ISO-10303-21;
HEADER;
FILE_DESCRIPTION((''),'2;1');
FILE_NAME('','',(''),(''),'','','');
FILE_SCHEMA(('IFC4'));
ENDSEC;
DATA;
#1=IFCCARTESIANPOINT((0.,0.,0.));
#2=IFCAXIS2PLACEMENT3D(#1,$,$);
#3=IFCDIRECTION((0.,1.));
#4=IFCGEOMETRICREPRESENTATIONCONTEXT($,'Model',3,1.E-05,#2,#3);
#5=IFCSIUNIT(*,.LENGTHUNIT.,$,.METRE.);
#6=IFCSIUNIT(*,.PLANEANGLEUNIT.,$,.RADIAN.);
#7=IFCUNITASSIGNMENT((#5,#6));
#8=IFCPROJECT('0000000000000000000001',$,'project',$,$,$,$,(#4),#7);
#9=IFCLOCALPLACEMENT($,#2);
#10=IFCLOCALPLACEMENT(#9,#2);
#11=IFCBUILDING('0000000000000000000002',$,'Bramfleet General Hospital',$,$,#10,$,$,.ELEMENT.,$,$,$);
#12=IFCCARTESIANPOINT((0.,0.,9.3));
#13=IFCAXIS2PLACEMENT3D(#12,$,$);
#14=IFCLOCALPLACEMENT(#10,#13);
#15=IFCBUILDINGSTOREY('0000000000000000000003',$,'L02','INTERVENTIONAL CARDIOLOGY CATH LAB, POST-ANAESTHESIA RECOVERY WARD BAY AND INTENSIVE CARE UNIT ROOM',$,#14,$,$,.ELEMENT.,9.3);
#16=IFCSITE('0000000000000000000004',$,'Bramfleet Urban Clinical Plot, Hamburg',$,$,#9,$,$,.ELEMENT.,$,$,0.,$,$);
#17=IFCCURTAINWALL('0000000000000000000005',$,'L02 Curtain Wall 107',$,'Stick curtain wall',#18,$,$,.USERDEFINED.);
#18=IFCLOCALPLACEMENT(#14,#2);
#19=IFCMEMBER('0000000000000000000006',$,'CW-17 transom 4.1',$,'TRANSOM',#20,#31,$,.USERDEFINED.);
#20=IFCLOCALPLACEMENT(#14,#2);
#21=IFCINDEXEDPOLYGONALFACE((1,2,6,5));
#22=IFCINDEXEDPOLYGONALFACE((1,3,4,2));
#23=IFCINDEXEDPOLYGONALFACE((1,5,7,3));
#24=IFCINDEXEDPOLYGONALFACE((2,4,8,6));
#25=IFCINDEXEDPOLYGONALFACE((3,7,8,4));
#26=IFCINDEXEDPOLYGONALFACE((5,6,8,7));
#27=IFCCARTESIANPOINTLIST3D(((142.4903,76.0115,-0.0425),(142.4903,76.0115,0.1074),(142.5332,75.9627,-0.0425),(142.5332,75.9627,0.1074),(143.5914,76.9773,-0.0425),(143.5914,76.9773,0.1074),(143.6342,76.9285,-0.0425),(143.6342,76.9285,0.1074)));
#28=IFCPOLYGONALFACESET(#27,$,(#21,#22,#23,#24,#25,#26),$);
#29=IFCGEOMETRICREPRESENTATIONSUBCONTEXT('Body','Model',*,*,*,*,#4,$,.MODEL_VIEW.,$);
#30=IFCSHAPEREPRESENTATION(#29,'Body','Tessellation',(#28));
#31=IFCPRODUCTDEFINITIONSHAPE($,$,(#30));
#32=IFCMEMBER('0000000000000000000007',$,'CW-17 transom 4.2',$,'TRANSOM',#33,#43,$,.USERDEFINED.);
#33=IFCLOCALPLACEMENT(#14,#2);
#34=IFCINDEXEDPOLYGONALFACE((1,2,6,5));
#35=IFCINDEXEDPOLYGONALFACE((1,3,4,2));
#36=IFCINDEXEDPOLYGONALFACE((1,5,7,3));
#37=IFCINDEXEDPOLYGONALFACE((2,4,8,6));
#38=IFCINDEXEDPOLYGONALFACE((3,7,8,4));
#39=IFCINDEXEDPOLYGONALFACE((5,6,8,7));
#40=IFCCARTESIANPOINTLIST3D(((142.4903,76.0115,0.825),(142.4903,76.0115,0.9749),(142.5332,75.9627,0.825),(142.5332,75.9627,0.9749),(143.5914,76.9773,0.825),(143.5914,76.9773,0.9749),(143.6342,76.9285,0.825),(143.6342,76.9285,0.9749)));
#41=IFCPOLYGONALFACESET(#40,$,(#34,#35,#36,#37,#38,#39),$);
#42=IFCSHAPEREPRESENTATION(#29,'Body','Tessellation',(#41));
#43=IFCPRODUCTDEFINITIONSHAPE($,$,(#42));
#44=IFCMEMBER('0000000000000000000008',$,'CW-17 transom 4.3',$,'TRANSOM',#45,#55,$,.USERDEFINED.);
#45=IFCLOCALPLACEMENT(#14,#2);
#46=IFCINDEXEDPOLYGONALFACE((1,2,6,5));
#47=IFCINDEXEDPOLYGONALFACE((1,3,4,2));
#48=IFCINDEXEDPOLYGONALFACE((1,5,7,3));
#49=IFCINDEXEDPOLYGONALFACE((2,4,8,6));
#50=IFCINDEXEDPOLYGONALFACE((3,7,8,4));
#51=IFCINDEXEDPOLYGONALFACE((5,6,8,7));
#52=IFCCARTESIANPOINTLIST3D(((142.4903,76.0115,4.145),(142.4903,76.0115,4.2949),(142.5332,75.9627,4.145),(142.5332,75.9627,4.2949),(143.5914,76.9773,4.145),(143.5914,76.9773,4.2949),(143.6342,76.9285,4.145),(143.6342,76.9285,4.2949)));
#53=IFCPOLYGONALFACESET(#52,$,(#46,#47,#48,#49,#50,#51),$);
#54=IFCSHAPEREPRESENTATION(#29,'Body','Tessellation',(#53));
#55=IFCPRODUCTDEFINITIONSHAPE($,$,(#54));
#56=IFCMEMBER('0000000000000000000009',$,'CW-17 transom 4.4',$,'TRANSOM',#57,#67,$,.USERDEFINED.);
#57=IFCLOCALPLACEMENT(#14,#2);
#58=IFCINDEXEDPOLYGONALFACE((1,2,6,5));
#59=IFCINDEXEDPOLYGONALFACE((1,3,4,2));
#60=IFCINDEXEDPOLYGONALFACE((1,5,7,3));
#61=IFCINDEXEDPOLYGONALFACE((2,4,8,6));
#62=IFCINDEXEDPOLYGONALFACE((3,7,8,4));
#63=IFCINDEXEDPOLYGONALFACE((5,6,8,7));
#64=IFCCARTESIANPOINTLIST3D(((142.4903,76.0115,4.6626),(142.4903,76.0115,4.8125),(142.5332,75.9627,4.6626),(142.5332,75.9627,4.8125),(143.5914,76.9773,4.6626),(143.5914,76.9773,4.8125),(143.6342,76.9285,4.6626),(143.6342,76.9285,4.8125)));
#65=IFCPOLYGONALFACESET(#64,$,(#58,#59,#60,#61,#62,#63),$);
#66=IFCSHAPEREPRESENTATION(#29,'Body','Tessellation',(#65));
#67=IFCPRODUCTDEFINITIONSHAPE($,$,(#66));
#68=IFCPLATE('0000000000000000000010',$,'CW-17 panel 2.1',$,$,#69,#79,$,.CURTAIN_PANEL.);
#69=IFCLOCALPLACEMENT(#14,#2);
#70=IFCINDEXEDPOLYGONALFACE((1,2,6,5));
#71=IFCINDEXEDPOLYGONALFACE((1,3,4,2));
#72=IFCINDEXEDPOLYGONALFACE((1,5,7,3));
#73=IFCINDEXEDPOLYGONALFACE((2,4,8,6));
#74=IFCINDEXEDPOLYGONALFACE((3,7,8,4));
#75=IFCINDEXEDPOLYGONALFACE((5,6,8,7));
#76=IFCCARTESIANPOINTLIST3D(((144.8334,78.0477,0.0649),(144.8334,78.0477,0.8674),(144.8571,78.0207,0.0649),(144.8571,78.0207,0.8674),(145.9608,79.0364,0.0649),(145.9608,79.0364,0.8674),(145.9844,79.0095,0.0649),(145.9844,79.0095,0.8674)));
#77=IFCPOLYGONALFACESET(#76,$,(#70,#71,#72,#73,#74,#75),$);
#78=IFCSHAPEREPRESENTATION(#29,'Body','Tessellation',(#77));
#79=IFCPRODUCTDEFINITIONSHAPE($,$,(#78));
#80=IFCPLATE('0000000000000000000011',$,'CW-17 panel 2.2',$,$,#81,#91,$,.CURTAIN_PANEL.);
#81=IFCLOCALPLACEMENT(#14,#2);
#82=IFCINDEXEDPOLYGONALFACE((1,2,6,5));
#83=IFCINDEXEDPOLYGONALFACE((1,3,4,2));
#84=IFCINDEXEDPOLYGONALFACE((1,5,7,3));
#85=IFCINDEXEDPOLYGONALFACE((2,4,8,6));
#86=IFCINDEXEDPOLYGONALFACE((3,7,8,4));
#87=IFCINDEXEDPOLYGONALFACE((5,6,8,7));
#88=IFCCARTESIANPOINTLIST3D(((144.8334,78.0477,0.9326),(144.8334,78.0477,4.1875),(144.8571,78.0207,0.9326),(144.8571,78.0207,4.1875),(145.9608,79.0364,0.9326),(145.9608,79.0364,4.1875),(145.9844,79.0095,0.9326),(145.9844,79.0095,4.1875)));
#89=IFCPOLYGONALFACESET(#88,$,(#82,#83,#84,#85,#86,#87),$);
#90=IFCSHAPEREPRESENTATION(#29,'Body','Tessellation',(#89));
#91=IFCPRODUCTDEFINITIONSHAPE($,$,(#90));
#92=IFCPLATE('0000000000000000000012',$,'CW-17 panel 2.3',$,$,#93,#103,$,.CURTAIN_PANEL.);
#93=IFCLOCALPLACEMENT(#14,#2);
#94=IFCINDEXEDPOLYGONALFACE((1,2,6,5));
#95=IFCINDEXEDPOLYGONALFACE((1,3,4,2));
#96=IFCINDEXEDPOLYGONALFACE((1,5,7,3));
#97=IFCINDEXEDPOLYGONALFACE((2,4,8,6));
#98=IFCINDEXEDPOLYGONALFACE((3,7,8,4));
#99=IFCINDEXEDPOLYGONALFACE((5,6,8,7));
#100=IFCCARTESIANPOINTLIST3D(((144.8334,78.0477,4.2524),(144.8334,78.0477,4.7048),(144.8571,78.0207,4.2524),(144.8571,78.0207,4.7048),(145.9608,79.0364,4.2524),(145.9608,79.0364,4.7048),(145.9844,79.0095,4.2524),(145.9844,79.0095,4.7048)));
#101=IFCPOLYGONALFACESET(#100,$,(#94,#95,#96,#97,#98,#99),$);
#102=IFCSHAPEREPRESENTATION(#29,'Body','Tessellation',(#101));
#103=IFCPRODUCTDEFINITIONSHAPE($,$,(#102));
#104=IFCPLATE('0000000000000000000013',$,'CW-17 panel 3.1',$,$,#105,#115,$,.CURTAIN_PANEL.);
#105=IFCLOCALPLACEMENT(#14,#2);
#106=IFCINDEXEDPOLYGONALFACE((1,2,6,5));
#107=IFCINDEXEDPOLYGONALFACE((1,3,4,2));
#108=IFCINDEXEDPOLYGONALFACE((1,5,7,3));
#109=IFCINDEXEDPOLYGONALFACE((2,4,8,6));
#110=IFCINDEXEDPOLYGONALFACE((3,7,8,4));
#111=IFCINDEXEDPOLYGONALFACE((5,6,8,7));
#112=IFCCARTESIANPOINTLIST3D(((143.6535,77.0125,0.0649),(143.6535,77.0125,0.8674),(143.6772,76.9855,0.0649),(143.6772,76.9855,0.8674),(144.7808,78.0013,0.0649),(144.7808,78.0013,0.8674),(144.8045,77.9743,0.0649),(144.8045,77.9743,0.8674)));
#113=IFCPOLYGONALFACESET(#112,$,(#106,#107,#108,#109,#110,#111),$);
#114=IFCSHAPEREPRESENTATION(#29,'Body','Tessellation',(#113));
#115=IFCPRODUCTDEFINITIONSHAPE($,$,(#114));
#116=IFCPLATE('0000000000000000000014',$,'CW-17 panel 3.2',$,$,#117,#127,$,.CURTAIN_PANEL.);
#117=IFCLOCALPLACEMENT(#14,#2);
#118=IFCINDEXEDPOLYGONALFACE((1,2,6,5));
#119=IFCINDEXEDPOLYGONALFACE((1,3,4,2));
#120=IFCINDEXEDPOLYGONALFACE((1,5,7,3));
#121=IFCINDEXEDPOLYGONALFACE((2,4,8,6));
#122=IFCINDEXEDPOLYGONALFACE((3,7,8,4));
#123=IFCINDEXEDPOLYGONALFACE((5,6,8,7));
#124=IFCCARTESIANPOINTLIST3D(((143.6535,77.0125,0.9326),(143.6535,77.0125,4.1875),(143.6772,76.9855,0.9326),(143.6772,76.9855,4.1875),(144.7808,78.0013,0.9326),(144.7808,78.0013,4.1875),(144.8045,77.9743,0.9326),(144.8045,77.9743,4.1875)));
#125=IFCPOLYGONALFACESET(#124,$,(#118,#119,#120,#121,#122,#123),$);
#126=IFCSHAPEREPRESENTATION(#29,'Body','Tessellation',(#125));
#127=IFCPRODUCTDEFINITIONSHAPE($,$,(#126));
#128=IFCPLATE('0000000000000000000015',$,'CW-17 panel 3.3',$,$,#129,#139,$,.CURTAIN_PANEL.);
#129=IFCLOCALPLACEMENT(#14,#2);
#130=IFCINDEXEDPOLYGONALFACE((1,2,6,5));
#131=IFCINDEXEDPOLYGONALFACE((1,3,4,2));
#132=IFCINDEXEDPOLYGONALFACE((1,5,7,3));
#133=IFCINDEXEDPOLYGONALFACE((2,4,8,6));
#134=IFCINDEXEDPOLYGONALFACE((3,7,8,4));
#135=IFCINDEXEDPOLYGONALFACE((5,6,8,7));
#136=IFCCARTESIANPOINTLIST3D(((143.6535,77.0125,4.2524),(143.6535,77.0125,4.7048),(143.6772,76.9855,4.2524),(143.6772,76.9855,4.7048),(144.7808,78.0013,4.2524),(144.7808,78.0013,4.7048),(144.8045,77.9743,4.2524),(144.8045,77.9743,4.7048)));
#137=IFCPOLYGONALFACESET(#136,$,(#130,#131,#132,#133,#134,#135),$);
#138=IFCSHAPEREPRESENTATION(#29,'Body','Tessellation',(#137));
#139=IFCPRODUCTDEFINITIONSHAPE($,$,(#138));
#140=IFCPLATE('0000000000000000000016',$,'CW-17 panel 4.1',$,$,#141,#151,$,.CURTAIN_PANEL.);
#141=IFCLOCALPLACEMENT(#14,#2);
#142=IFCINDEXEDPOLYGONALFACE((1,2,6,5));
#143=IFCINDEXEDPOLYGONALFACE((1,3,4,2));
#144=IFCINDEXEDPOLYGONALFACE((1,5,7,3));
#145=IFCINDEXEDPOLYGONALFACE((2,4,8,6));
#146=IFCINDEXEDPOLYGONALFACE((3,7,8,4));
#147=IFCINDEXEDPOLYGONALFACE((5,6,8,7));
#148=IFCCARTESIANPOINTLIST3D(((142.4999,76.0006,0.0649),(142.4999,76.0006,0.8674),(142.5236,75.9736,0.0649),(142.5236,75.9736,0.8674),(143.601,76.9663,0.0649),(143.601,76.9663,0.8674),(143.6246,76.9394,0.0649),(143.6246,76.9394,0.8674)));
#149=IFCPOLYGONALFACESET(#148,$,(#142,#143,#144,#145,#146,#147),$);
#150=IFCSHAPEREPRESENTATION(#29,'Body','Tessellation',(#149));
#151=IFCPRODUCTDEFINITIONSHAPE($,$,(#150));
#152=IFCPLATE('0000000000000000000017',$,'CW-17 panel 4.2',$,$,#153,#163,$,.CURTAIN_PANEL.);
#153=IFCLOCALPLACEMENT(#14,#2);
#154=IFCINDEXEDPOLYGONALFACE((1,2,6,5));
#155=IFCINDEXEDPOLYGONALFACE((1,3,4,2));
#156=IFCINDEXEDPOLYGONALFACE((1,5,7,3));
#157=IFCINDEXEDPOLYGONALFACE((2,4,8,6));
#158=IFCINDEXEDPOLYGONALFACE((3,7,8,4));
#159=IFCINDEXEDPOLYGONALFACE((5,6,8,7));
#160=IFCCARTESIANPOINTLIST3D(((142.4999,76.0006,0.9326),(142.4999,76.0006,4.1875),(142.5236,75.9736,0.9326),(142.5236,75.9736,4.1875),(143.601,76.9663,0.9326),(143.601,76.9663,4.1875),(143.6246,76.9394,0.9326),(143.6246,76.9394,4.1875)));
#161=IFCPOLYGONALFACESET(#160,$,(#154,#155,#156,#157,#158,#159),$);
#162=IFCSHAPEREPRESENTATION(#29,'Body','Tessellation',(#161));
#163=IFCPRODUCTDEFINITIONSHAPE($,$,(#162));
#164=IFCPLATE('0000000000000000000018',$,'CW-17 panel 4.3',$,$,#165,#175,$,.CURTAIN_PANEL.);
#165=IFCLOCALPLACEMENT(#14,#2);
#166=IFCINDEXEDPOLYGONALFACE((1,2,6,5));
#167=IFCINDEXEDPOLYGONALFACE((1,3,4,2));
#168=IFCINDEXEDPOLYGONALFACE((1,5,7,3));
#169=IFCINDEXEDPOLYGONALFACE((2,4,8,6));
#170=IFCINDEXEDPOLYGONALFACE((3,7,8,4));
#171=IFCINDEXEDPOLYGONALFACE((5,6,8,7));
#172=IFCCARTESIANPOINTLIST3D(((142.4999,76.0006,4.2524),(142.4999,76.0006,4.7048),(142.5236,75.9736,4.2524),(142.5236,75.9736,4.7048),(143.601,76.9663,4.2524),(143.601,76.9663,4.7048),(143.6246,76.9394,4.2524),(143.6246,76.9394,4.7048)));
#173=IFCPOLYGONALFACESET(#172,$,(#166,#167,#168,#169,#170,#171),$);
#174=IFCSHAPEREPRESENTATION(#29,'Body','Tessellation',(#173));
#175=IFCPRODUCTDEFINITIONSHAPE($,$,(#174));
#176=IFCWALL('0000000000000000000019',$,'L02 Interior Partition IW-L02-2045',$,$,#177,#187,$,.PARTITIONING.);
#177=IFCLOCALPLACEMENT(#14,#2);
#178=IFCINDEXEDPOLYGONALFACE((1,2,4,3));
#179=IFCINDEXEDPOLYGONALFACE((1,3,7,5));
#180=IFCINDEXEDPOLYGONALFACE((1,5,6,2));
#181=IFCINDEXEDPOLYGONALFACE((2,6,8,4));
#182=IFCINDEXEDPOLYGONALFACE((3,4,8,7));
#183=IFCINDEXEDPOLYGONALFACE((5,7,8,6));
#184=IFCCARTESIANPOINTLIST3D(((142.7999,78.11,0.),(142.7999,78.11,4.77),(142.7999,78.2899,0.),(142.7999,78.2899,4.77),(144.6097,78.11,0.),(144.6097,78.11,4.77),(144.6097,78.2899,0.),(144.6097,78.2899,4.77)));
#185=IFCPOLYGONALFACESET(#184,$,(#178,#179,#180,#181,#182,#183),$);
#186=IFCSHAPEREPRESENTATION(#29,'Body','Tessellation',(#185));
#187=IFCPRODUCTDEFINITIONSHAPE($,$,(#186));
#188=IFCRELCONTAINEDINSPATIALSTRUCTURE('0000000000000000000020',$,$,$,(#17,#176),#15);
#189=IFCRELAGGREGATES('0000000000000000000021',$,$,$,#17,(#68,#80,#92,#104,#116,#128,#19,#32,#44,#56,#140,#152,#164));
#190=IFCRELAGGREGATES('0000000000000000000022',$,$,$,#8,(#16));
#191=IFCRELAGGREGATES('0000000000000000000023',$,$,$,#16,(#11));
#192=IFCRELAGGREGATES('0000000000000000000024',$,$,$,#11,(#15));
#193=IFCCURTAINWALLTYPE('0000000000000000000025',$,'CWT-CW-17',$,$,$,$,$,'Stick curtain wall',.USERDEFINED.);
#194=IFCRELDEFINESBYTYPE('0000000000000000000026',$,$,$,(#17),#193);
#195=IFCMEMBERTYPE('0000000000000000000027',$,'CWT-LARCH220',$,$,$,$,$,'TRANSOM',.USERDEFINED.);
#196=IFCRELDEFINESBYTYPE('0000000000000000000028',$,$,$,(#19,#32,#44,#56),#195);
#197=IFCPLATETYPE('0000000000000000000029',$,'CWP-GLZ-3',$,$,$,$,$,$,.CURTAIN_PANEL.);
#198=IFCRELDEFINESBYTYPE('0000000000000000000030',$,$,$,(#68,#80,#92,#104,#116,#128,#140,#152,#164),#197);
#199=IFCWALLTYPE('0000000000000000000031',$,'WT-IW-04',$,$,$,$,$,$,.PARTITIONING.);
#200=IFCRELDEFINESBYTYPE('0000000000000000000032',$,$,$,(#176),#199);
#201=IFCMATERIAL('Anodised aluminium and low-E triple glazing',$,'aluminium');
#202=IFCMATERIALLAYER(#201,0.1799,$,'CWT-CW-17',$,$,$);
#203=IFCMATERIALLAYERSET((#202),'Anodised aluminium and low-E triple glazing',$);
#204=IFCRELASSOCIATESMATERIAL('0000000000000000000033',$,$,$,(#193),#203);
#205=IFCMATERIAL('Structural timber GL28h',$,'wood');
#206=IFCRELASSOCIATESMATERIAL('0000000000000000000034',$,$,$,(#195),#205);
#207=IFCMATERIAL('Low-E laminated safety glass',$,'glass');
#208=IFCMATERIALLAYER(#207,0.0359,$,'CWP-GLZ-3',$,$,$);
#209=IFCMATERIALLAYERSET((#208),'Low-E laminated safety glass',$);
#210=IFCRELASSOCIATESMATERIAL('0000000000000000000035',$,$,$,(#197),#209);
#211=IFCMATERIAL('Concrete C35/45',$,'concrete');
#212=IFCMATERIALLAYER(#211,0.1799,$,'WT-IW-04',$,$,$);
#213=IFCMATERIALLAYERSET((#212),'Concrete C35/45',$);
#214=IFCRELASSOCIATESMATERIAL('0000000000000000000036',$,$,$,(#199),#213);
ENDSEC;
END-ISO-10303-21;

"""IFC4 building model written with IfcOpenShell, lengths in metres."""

from ifc_helpers import new_model, si_unit, direction, frame, frame_2d, origin, origin_2d, place, context, subcontext, project, spatial, rectangle, extrude, material, layer, layer_set, material_profile, profile_set, type_object, element, aggregate, save


model = new_model("IFC4")

# Units and contexts
model_context = context("Model", 3, precision=1e-05, world=origin(), true_north=direction((0.0, 1.0)))
body_context = subcontext(model_context, "Body", "Model", "MODEL_VIEW")
ifc_project = project(units=[si_unit("LENGTHUNIT", "METRE"), si_unit("PLANEANGLEUNIT", "RADIAN")], contexts=[model_context])

# Site, building, storey
site_placement = place(None, origin())
site = spatial("IfcSite", under=ifc_project, at=site_placement, Name="Bramfleet Urban Clinical Plot, Hamburg", CompositionType="ELEMENT", RefElevation=0.0)
building_placement = place(site_placement, origin())
building = spatial("IfcBuilding", under=site, at=building_placement, Name="Bramfleet General Hospital", CompositionType="ELEMENT")
storey_placement = place(building_placement, frame((0.0, 0.0, 9.3)))
storey = spatial("IfcBuildingStorey", under=building, at=storey_placement, Name="L02", Description="INTERVENTIONAL CARDIOLOGY CATH LAB, POST-ANAESTHESIA RECOVERY WARD BAY AND INTENSIVE CARE UNIT ROOM", CompositionType="ELEMENT", Elevation=9.3)

# Shared definitions
ifc_material_1 = material(Name="Concrete C35/45", Category="concrete")

# Curtain wall, members, plates
ifc_material_2 = material(Name="Anodised aluminium and low-E triple glazing", Category="aluminium")
ifc_layer_1 = layer(ifc_material_2, 0.1799, Name="CWT-CW-17")
ifc_layer_set_1 = layer_set([ifc_layer_1], Name="Anodised aluminium and low-E triple glazing")
curtain_wall_type = type_object("IfcCurtainWallType", Name="CWT-CW-17", ElementType="Stick curtain wall", PredefinedType="USERDEFINED", material=ifc_layer_set_1)
curtain_wall_placement = place(storey_placement, origin())
curtain_wall = element("IfcCurtainWall", 1, at=curtain_wall_placement, inside=storey, type_object=curtain_wall_type, Name="L02 Curtain Wall 107", ObjectType="Stick curtain wall", PredefinedType="USERDEFINED")
ifc_material_3 = material(Name="Structural timber GL28h", Category="wood")
ifc_material_profile_1 = material_profile(ifc_material_3, rectangle(XDim=0.0649, YDim=0.1499, at=origin_2d()), Name="LARCH 150x65")
ifc_profile_set_1 = profile_set([ifc_material_profile_1], Name="Structural timber GL28h")
member_type_1 = type_object("IfcMemberType", Name="CWT-LARCH220", ElementType="TRANSOM", PredefinedType="USERDEFINED", material=ifc_profile_set_1)
member_1_placement = place(storey_placement, frame((143.6128, 76.9529, 0.0325), z_axis=(-0.751771, -0.659425, 0.0), x_axis=(0.659425, -0.751771, 0.0)))
member_1 = element("IfcMember", 2, at=member_1_placement, type_object=member_type_1, Name="CW-17 transom 4.1", ObjectType="TRANSOM", PredefinedType="USERDEFINED", context=body_context, shape_type="SweptSolid", body=[
    extrude(rectangle(XDim=0.0649, YDim=0.1499, at=origin_2d()), origin(), (0.0, 0.0, 1.0), 1.4646),
])
member_2_placement = place(storey_placement, frame((143.6128, 76.9529, 0.8999), z_axis=(-0.751771, -0.659425, 0.0), x_axis=(0.659425, -0.751771, 0.0)))
member_2 = element("IfcMember", 3, at=member_2_placement, type_object=member_type_1, Name="CW-17 transom 4.2", ObjectType="TRANSOM", PredefinedType="USERDEFINED", context=body_context, shape_type="SweptSolid", body=[
    extrude(rectangle(XDim=0.0649, YDim=0.1499, at=origin_2d()), origin(), (0.0, 0.0, 1.0), 1.4646),
])
member_3_placement = place(storey_placement, frame((143.6128, 76.9529, 4.22), z_axis=(-0.751771, -0.659425, 0.0), x_axis=(0.659425, -0.751771, 0.0)))
member_3 = element("IfcMember", 4, at=member_3_placement, type_object=member_type_1, Name="CW-17 transom 4.3", ObjectType="TRANSOM", PredefinedType="USERDEFINED", context=body_context, shape_type="SweptSolid", body=[
    extrude(rectangle(XDim=0.0649, YDim=0.1499, at=origin_2d()), origin(), (0.0, 0.0, 1.0), 1.4646),
])
member_4_placement = place(storey_placement, frame((143.6128, 76.9529, 4.7375), z_axis=(-0.751771, -0.659425, 0.0), x_axis=(0.659425, -0.751771, 0.0)))
member_4 = element("IfcMember", 5, at=member_4_placement, type_object=member_type_1, Name="CW-17 transom 4.4", ObjectType="TRANSOM", PredefinedType="USERDEFINED", context=body_context, shape_type="SweptSolid", body=[
    extrude(rectangle(XDim=0.0649, YDim=0.1499, at=origin_2d()), origin(), (0.0, 0.0, 1.0), 1.4646),
])
ifc_material_4 = material(Name="Low-E laminated safety glass", Category="glass")
ifc_layer_2 = layer(ifc_material_4, 0.0359, Name="CWP-GLZ-3")
ifc_layer_set_2 = layer_set([ifc_layer_2], Name="Low-E laminated safety glass")
plate_type = type_object("IfcPlateType", Name="CWP-GLZ-3", PredefinedType="CURTAIN_PANEL", material=ifc_layer_set_2)
plate_1_placement = place(storey_placement, frame((145.4089, 78.5286, 0.0649), z_axis=(0.0, 0.0, 1.0), x_axis=(-0.751787, -0.659406, 0.0)))
plate_1 = element("IfcPlate", 6, at=plate_1_placement, type_object=plate_type, Name="CW-17 panel 2.1", PredefinedType="CURTAIN_PANEL", context=body_context, shape_type="SweptSolid", body=[
    extrude(rectangle(XDim=1.4995, YDim=0.0359, at=origin_2d()), origin(), (0.0, 0.0, 1.0), 0.8025),
])
plate_2_placement = place(storey_placement, frame((145.4089, 78.5286, 0.9326), z_axis=(0.0, 0.0, 1.0), x_axis=(-0.751787, -0.659406, 0.0)))
plate_2 = element("IfcPlate", 7, at=plate_2_placement, type_object=plate_type, Name="CW-17 panel 2.2", PredefinedType="CURTAIN_PANEL", context=body_context, shape_type="SweptSolid", body=[
    extrude(rectangle(XDim=1.4995, YDim=0.0359, at=origin_2d()), origin(), (0.0, 0.0, 1.0), 3.2549),
])
plate_3_placement = place(storey_placement, frame((145.4089, 78.5286, 4.2524), z_axis=(0.0, 0.0, 1.0), x_axis=(-0.751787, -0.659406, 0.0)))
plate_3 = element("IfcPlate", 8, at=plate_3_placement, type_object=plate_type, Name="CW-17 panel 2.3", PredefinedType="CURTAIN_PANEL", context=body_context, shape_type="SweptSolid", body=[
    extrude(rectangle(XDim=1.4995, YDim=0.0359, at=origin_2d()), origin(), (0.0, 0.0, 1.0), 0.4524),
])
plate_4_placement = place(storey_placement, frame((144.229, 77.4934, 0.0649), z_axis=(0.0, 0.0, 1.0), x_axis=(-0.751787, -0.659406, 0.0)))
plate_4 = element("IfcPlate", 9, at=plate_4_placement, type_object=plate_type, Name="CW-17 panel 3.1", PredefinedType="CURTAIN_PANEL", context=body_context, shape_type="SweptSolid", body=[
    extrude(rectangle(XDim=1.4995, YDim=0.0359, at=origin_2d()), origin(), (0.0, 0.0, 1.0), 0.8025),
])
plate_5_placement = place(storey_placement, frame((144.229, 77.4934, 0.9326), z_axis=(0.0, 0.0, 1.0), x_axis=(-0.751787, -0.659406, 0.0)))
plate_5 = element("IfcPlate", 10, at=plate_5_placement, type_object=plate_type, Name="CW-17 panel 3.2", PredefinedType="CURTAIN_PANEL", context=body_context, shape_type="SweptSolid", body=[
    extrude(rectangle(XDim=1.4995, YDim=0.0359, at=origin_2d()), origin(), (0.0, 0.0, 1.0), 3.2549),
])
plate_6_placement = place(storey_placement, frame((144.229, 77.4934, 4.2524), z_axis=(0.0, 0.0, 1.0), x_axis=(-0.751787, -0.659406, 0.0)))
plate_6 = element("IfcPlate", 11, at=plate_6_placement, type_object=plate_type, Name="CW-17 panel 3.3", PredefinedType="CURTAIN_PANEL", context=body_context, shape_type="SweptSolid", body=[
    extrude(rectangle(XDim=1.4995, YDim=0.0359, at=origin_2d()), origin(), (0.0, 0.0, 1.0), 0.4524),
])
plate_7_placement = place(storey_placement, frame((143.0623, 76.47, 0.0649), z_axis=(0.0, 0.0, 1.0), x_axis=(-0.751787, -0.659406, 0.0)))
plate_7 = element("IfcPlate", 12, at=plate_7_placement, type_object=plate_type, Name="CW-17 panel 4.1", PredefinedType="CURTAIN_PANEL", context=body_context, shape_type="SweptSolid", body=[
    extrude(rectangle(XDim=1.4646, YDim=0.0359, at=origin_2d()), origin(), (0.0, 0.0, 1.0), 0.8025),
])
plate_8_placement = place(storey_placement, frame((143.0623, 76.47, 0.9326), z_axis=(0.0, 0.0, 1.0), x_axis=(-0.751787, -0.659406, 0.0)))
plate_8 = element("IfcPlate", 13, at=plate_8_placement, type_object=plate_type, Name="CW-17 panel 4.2", PredefinedType="CURTAIN_PANEL", context=body_context, shape_type="SweptSolid", body=[
    extrude(rectangle(XDim=1.4646, YDim=0.0359, at=origin_2d()), origin(), (0.0, 0.0, 1.0), 3.2549),
])
plate_9_placement = place(storey_placement, frame((143.0623, 76.47, 4.2524), z_axis=(0.0, 0.0, 1.0), x_axis=(-0.751787, -0.659406, 0.0)))
plate_9 = element("IfcPlate", 14, at=plate_9_placement, type_object=plate_type, Name="CW-17 panel 4.3", PredefinedType="CURTAIN_PANEL", context=body_context, shape_type="SweptSolid", body=[
    extrude(rectangle(XDim=1.4646, YDim=0.0359, at=origin_2d()), origin(), (0.0, 0.0, 1.0), 0.4524),
])
aggregate(curtain_wall, [plate_1, plate_2, plate_3, plate_4, plate_5, plate_6, member_1, member_2, member_3, member_4, plate_7, plate_8, plate_9])

# Wall
ifc_layer_3 = layer(ifc_material_1, 0.1799, Name="WT-IW-04")
ifc_layer_set_3 = layer_set([ifc_layer_3], Name="Concrete C35/45")
wall_type = type_object("IfcWallType", Name="WT-IW-04", PredefinedType="PARTITIONING", material=ifc_layer_set_3)
wall_1_placement = place(storey_placement, frame((142.8, 78.2, 0.0), z_axis=(0.0, 0.0, 1.0), x_axis=(1.0, 0.0, 0.0)))
element("IfcWall", 15, at=wall_1_placement, inside=storey, type_object=wall_type, Name="L02 Interior Partition IW-L02-2045", PredefinedType="PARTITIONING", context=body_context, shape_type="SweptSolid", body=[
    extrude(rectangle(XDim=1.8098, YDim=0.1799, at=frame_2d((0.9048, 0.0))), origin(), (0.0, 0.0, 1.0), 4.77),
])

save(model, "model.ifc")
